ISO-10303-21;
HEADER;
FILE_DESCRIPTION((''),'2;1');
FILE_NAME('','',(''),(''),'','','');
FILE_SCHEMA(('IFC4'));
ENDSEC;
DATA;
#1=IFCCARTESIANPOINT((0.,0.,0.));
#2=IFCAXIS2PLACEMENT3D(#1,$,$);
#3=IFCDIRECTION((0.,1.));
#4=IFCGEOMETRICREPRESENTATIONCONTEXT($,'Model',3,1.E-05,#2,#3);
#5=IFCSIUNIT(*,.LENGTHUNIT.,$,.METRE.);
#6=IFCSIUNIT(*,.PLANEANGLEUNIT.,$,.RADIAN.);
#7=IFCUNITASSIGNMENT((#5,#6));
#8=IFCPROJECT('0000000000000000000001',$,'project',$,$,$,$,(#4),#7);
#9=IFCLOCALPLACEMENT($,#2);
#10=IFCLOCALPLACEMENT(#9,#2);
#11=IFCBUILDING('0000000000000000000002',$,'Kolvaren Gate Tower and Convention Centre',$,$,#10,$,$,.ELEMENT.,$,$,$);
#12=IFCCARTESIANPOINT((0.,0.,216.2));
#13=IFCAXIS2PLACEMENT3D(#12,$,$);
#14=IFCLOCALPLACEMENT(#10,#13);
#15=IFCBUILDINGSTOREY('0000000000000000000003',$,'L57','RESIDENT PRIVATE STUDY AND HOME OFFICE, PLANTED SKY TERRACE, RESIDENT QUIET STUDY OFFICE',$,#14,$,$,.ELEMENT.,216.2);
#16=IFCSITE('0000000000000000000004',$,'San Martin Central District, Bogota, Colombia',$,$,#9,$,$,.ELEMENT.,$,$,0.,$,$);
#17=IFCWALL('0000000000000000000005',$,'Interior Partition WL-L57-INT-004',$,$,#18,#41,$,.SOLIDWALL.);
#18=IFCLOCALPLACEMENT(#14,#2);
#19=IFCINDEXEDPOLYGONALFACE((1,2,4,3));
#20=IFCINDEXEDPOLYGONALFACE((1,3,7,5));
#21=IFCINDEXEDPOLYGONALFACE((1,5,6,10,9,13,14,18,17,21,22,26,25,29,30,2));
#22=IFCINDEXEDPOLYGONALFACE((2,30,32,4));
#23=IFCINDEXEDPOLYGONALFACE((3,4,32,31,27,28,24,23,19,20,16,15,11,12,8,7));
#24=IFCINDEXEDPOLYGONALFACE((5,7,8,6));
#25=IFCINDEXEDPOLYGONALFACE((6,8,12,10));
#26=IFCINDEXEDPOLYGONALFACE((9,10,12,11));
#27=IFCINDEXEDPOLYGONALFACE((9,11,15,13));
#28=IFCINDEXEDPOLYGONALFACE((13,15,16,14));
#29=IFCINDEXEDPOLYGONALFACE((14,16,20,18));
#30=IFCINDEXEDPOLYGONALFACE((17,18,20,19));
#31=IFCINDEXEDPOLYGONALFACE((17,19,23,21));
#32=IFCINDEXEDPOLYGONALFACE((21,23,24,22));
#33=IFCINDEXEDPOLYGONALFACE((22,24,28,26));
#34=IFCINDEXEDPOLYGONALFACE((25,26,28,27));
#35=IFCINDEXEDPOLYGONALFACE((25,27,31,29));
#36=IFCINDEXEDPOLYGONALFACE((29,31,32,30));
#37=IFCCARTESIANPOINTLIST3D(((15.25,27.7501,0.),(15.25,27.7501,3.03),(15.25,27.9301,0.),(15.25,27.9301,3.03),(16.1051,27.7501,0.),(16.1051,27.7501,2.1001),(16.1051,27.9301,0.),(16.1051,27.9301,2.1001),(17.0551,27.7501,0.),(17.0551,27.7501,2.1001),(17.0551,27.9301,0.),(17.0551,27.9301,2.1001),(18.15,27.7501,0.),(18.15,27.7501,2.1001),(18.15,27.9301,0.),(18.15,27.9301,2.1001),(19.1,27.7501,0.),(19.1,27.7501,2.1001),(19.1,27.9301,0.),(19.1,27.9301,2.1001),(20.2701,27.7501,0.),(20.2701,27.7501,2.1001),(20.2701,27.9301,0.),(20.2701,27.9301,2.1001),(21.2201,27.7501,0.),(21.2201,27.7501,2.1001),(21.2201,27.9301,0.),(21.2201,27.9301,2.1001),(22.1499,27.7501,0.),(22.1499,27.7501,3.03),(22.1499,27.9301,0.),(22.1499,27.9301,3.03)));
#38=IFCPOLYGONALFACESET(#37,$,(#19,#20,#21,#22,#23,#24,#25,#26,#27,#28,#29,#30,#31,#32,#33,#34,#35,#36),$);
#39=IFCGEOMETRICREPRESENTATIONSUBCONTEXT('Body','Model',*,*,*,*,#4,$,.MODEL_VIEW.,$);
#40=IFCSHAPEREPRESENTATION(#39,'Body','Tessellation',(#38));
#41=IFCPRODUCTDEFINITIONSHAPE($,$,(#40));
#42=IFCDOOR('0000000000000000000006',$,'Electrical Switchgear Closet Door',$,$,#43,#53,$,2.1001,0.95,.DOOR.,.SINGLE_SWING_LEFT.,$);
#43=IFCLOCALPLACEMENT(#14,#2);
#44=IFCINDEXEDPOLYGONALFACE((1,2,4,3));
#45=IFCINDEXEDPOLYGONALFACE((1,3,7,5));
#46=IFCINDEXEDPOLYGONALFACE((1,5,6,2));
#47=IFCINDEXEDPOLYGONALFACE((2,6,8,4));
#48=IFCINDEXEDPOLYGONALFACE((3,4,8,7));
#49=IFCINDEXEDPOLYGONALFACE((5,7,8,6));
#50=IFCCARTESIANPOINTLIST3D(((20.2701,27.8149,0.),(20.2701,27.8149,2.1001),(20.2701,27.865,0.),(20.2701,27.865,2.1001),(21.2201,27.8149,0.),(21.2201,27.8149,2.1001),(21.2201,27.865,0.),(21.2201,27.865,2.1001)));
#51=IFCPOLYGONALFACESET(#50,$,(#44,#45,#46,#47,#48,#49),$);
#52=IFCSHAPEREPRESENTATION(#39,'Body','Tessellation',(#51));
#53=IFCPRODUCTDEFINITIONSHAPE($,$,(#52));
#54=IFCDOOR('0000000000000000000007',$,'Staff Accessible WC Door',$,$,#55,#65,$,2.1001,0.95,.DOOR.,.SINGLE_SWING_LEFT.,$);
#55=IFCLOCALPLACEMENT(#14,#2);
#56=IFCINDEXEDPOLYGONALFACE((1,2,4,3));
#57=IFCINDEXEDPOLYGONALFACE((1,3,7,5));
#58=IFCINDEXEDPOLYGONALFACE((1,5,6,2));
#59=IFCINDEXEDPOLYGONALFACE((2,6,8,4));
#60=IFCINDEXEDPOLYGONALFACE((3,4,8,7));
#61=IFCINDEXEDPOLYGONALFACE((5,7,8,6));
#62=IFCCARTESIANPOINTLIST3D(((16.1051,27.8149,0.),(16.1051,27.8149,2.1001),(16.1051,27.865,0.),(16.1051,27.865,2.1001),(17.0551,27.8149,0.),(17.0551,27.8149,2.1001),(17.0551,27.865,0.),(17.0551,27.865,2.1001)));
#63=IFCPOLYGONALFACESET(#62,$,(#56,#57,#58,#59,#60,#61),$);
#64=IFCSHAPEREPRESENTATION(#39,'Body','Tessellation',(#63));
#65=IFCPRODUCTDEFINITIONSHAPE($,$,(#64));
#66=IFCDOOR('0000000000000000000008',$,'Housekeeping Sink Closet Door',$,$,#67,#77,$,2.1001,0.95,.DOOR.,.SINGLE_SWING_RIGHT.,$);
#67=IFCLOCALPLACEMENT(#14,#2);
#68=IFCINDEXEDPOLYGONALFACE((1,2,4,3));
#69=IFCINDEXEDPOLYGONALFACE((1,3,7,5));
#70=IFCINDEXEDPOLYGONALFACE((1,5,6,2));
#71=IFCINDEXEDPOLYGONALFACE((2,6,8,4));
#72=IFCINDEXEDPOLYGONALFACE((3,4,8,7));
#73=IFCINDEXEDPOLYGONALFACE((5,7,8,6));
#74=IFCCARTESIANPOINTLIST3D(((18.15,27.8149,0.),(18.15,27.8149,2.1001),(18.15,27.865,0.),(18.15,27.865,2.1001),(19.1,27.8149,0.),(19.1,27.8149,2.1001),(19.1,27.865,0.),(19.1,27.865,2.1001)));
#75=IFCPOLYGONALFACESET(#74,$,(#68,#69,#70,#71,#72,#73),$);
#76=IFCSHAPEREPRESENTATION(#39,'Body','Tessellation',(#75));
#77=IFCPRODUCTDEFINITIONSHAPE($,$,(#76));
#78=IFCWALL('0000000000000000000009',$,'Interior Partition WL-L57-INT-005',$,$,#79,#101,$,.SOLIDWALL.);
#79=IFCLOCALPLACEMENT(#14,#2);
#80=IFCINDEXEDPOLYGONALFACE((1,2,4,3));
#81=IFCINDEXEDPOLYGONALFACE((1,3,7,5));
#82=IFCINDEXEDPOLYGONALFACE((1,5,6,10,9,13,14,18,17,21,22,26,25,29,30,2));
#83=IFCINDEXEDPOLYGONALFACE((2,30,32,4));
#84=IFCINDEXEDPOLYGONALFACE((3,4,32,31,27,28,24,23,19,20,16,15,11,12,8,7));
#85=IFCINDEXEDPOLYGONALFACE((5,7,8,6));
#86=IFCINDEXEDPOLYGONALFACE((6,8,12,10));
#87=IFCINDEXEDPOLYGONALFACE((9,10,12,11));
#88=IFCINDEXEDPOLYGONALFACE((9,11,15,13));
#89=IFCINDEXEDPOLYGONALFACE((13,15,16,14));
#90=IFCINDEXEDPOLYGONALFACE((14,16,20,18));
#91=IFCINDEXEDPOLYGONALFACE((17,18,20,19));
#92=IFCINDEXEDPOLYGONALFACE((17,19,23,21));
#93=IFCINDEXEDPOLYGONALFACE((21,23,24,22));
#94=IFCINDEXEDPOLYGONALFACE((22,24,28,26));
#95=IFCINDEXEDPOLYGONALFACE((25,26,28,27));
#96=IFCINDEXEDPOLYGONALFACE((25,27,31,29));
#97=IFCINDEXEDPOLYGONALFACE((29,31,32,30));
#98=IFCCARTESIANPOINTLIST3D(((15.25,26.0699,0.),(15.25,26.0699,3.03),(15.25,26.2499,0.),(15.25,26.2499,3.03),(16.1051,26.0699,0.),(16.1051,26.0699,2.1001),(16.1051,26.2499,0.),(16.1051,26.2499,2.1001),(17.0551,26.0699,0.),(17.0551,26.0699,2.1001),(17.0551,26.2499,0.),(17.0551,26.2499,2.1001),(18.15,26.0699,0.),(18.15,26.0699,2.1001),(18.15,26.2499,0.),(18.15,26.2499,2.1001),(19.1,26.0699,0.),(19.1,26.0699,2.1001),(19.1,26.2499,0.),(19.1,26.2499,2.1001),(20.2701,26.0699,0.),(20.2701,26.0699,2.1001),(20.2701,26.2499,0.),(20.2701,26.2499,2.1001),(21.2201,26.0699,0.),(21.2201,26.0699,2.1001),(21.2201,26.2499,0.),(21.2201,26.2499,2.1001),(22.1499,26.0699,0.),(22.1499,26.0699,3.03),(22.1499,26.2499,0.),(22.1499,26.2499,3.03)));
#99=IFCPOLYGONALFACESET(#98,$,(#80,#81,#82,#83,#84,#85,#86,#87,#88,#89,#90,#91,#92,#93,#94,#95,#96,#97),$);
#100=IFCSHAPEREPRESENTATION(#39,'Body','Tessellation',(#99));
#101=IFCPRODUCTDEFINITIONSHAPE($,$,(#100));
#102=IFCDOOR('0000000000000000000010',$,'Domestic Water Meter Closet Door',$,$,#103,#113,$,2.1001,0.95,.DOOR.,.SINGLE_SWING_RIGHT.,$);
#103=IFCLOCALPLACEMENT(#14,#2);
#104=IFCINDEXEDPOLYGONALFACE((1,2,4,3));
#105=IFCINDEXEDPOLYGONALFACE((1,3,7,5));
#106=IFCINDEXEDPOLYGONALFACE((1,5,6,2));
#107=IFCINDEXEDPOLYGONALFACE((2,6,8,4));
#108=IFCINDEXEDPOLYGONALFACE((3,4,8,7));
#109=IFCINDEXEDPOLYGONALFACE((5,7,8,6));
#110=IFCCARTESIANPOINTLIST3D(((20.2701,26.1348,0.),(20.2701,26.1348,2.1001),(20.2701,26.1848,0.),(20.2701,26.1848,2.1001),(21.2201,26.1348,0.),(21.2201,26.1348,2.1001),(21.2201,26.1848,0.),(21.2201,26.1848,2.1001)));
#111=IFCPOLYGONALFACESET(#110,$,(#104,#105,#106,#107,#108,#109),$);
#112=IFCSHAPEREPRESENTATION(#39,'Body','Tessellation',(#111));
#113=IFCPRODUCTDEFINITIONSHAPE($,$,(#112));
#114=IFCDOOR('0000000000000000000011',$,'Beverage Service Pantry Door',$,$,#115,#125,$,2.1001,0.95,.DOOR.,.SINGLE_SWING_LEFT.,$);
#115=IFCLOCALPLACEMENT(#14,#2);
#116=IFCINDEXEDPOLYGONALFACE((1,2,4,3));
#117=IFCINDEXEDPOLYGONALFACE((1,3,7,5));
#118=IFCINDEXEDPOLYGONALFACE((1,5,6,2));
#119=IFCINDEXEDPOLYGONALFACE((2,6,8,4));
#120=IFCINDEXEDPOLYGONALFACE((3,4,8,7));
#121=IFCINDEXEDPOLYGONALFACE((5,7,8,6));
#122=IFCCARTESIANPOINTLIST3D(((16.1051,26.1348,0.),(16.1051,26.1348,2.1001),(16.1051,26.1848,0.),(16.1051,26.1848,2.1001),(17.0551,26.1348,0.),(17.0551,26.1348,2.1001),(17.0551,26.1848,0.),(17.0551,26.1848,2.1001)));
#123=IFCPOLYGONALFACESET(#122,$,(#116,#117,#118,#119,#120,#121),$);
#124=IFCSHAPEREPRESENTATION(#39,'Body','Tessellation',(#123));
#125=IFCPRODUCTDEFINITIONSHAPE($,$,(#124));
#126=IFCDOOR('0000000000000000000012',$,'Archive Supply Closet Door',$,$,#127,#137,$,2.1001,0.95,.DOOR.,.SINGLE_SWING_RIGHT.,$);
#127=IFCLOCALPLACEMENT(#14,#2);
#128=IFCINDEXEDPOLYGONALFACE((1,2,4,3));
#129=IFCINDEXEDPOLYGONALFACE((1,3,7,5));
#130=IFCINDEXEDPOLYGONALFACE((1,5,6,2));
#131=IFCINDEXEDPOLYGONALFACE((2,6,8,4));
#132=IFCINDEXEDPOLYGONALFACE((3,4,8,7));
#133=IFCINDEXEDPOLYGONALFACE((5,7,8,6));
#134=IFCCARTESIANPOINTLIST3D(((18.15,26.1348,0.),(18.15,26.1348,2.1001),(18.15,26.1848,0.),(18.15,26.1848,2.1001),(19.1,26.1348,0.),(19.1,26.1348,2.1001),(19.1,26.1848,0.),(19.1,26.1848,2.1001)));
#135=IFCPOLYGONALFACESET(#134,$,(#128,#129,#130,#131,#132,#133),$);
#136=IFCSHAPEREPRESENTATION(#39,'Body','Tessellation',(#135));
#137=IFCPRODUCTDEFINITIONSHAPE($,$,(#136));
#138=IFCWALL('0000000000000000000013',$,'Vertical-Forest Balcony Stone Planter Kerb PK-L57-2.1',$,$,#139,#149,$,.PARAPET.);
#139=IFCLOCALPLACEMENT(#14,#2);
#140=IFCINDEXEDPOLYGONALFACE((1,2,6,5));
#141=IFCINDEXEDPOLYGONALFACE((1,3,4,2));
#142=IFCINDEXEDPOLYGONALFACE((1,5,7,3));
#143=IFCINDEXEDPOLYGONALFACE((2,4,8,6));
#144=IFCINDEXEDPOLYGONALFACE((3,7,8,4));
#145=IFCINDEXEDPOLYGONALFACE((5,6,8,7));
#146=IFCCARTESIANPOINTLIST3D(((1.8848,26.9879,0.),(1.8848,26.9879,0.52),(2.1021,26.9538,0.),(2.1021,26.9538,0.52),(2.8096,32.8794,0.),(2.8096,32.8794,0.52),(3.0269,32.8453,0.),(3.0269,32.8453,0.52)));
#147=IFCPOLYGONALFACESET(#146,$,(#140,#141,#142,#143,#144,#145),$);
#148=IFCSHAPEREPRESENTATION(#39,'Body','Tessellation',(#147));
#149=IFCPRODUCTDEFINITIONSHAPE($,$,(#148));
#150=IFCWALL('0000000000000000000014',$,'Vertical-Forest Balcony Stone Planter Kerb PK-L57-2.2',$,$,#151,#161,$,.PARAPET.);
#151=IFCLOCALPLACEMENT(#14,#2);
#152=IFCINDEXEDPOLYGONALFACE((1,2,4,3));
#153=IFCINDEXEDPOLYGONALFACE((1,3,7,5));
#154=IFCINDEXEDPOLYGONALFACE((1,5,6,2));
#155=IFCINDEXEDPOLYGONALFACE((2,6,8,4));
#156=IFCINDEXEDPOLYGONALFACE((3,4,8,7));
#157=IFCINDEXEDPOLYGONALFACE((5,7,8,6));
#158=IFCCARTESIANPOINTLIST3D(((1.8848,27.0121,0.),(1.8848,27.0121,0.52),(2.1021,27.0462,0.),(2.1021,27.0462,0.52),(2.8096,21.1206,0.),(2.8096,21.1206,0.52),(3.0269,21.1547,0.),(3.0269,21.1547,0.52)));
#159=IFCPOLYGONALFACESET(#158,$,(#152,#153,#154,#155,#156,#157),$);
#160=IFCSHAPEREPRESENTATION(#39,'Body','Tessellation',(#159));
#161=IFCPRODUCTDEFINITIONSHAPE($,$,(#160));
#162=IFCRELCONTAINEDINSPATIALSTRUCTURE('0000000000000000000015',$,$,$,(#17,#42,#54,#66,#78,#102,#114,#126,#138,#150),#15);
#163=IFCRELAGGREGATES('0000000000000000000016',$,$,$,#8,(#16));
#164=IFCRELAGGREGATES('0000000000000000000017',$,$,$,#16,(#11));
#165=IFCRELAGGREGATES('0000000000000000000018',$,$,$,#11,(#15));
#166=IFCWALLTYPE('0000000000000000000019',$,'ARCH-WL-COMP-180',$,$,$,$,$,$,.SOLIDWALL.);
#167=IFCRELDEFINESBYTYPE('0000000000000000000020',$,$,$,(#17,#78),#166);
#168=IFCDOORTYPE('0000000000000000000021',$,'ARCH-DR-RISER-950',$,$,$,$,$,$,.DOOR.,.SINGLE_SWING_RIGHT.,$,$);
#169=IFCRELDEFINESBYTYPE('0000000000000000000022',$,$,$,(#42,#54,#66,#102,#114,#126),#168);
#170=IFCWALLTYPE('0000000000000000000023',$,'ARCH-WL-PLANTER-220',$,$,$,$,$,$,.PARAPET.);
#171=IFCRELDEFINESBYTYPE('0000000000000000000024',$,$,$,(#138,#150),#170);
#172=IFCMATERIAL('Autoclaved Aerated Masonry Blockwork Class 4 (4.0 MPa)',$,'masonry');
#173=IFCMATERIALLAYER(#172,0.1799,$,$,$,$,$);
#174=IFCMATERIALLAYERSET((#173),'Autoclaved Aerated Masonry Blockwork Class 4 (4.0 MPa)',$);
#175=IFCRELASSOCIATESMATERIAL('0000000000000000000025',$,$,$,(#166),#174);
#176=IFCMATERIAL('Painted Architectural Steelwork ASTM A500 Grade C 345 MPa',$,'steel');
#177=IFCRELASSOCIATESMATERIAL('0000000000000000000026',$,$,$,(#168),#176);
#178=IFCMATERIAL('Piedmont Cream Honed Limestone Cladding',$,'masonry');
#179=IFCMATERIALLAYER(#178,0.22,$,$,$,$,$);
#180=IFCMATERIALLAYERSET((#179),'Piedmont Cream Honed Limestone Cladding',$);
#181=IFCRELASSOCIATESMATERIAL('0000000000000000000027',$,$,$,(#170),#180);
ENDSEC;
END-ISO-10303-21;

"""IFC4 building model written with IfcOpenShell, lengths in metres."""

from ifc_helpers import new_model, si_unit, direction, frame, frame_2d, origin, place, context, subcontext, project, spatial, rectangle, extrude, material, layer, layer_set, type_object, element, fill, save


model = new_model("IFC4")

# Units and contexts
model_context = context("Model", 3, precision=1e-05, world=origin(), true_north=direction((0.0, 1.0)))
body_context = subcontext(model_context, "Body", "Model", "MODEL_VIEW")
ifc_project = project(units=[si_unit("LENGTHUNIT", "METRE"), si_unit("PLANEANGLEUNIT", "RADIAN")], contexts=[model_context])

# Site, building, storey
site_placement = place(None, origin())
site = spatial("IfcSite", under=ifc_project, at=site_placement, Name="San Martin Central District, Bogota, Colombia", CompositionType="ELEMENT", RefElevation=0.0)
building_placement = place(site_placement, origin())
building = spatial("IfcBuilding", under=site, at=building_placement, Name="Kolvaren Gate Tower and Convention Centre", CompositionType="ELEMENT")
storey_placement = place(building_placement, frame((0.0, 0.0, 216.2)))
storey = spatial("IfcBuildingStorey", under=building, at=storey_placement, Name="L57", Description="RESIDENT PRIVATE STUDY AND HOME OFFICE, PLANTED SKY TERRACE, RESIDENT QUIET STUDY OFFICE", CompositionType="ELEMENT", Elevation=216.2)

# Walls, openings, doors
ifc_material_1 = material(Name="Autoclaved Aerated Masonry Blockwork Class 4 (4.0 MPa)", Category="masonry")
ifc_layer_1 = layer(ifc_material_1, 0.1799)
ifc_layer_set_1 = layer_set([ifc_layer_1], Name="Autoclaved Aerated Masonry Blockwork Class 4 (4.0 MPa)")
wall_type_1 = type_object("IfcWallType", Name="ARCH-WL-COMP-180", PredefinedType="SOLIDWALL", material=ifc_layer_set_1)
wall_1_placement = place(storey_placement, frame((15.25, 27.8401, 0.0), z_axis=(0.0, 0.0, 1.0), x_axis=(1.0, 0.0, 0.0)))
wall_1 = element("IfcWall", 1, at=wall_1_placement, inside=storey, type_object=wall_type_1, Name="Interior Partition WL-L57-INT-004", PredefinedType="SOLIDWALL", context=body_context, shape_type="SweptSolid", body=[
    extrude(rectangle(XDim=6.8999, YDim=0.1799, at=frame_2d((3.45, 0.0))), origin(), (0.0, 0.0, 1.0), 3.03),
])
opening_1_placement = place(wall_1_placement, frame((5.02, 0.0, 0.0)))
opening_1 = element("IfcOpeningElement", 2, at=opening_1_placement, cuts=wall_1, PredefinedType="OPENING", context=body_context, shape_type="SweptSolid", body=[
    extrude(rectangle(XDim=0.95, YDim=2.1001, at=frame_2d((0.4751, 1.05))), frame((0.0, 0.0999, 0.0), z_axis=(0.0, -1.0, 0.0), x_axis=(1.0, 0.0, 0.0)), (0.0, 0.0, 1.0), 0.2),
])
opening_2_placement = place(wall_1_placement, frame((0.855, 0.0, 0.0)))
opening_2 = element("IfcOpeningElement", 3, at=opening_2_placement, cuts=wall_1, PredefinedType="OPENING", context=body_context, shape_type="SweptSolid", body=[
    extrude(rectangle(XDim=0.95, YDim=2.1001, at=frame_2d((0.4751, 1.05))), frame((0.0, 0.0999, 0.0), z_axis=(0.0, -1.0, 0.0), x_axis=(1.0, 0.0, 0.0)), (0.0, 0.0, 1.0), 0.2),
])
opening_3_placement = place(wall_1_placement, frame((2.8999, 0.0, 0.0)))
opening_3 = element("IfcOpeningElement", 4, at=opening_3_placement, cuts=wall_1, PredefinedType="OPENING", context=body_context, shape_type="SweptSolid", body=[
    extrude(rectangle(XDim=0.95, YDim=2.1001, at=frame_2d((0.4751, 1.05))), frame((0.0, 0.0999, 0.0), z_axis=(0.0, -1.0, 0.0), x_axis=(1.0, 0.0, 0.0)), (0.0, 0.0, 1.0), 0.2),
])
ifc_material_2 = material(Name="Painted Architectural Steelwork ASTM A500 Grade C 345 MPa", Category="steel")
door_type_1 = type_object("IfcDoorType", Name="ARCH-DR-RISER-950", OperationType="SINGLE_SWING_RIGHT", PredefinedType="DOOR", material=ifc_material_2)
door_1_placement = place(opening_1_placement, origin())
door_1 = element("IfcDoor", 5, at=door_1_placement, inside=storey, type_object=door_type_1, Name="Electrical Switchgear Closet Door", OperationType="SINGLE_SWING_LEFT", OverallHeight=2.1001, OverallWidth=0.95, PredefinedType="DOOR", context=body_context, shape_type="SweptSolid", body=[
    extrude(rectangle(XDim=0.95, YDim=2.1001, at=frame_2d((0.4751, 1.05))), frame((0.0, 0.0249, 0.0), z_axis=(0.0, -1.0, 0.0), x_axis=(1.0, 0.0, 0.0)), (0.0, 0.0, 1.0), 0.05),
])
fill(opening_1, door_1)
door_2_placement = place(opening_2_placement, origin())
door_2 = element("IfcDoor", 6, at=door_2_placement, inside=storey, type_object=door_type_1, Name="Staff Accessible WC Door", OperationType="SINGLE_SWING_LEFT", OverallHeight=2.1001, OverallWidth=0.95, PredefinedType="DOOR", context=body_context, shape_type="SweptSolid", body=[
    extrude(rectangle(XDim=0.95, YDim=2.1001, at=frame_2d((0.4751, 1.05))), frame((0.0, 0.0249, 0.0), z_axis=(0.0, -1.0, 0.0), x_axis=(1.0, 0.0, 0.0)), (0.0, 0.0, 1.0), 0.05),
])
fill(opening_2, door_2)
door_3_placement = place(opening_3_placement, origin())
door_3 = element("IfcDoor", 7, at=door_3_placement, inside=storey, type_object=door_type_1, Name="Housekeeping Sink Closet Door", OperationType="SINGLE_SWING_RIGHT", OverallHeight=2.1001, OverallWidth=0.95, PredefinedType="DOOR", context=body_context, shape_type="SweptSolid", body=[
    extrude(rectangle(XDim=0.95, YDim=2.1001, at=frame_2d((0.4751, 1.05))), frame((0.0, 0.0249, 0.0), z_axis=(0.0, -1.0, 0.0), x_axis=(1.0, 0.0, 0.0)), (0.0, 0.0, 1.0), 0.05),
])
fill(opening_3, door_3)
wall_2_placement = place(storey_placement, frame((15.25, 26.1599, 0.0), z_axis=(0.0, 0.0, 1.0), x_axis=(1.0, 0.0, 0.0)))
wall_2 = element("IfcWall", 8, at=wall_2_placement, inside=storey, type_object=wall_type_1, Name="Interior Partition WL-L57-INT-005", PredefinedType="SOLIDWALL", context=body_context, shape_type="SweptSolid", body=[
    extrude(rectangle(XDim=6.8999, YDim=0.1799, at=frame_2d((3.45, 0.0))), origin(), (0.0, 0.0, 1.0), 3.03),
])
opening_4_placement = place(wall_2_placement, frame((5.02, 0.0, 0.0)))
opening_4 = element("IfcOpeningElement", 9, at=opening_4_placement, cuts=wall_2, PredefinedType="OPENING", context=body_context, shape_type="SweptSolid", body=[
    extrude(rectangle(XDim=0.95, YDim=2.1001, at=frame_2d((0.4751, 1.05))), frame((0.0, 0.0999, 0.0), z_axis=(0.0, -1.0, 0.0), x_axis=(1.0, 0.0, 0.0)), (0.0, 0.0, 1.0), 0.2),
])
opening_5_placement = place(wall_2_placement, frame((0.855, 0.0, 0.0)))
opening_5 = element("IfcOpeningElement", 10, at=opening_5_placement, cuts=wall_2, PredefinedType="OPENING", context=body_context, shape_type="SweptSolid", body=[
    extrude(rectangle(XDim=0.95, YDim=2.1001, at=frame_2d((0.4751, 1.05))), frame((0.0, 0.0999, 0.0), z_axis=(0.0, -1.0, 0.0), x_axis=(1.0, 0.0, 0.0)), (0.0, 0.0, 1.0), 0.2),
])
opening_6_placement = place(wall_2_placement, frame((2.8999, 0.0, 0.0)))
opening_6 = element("IfcOpeningElement", 11, at=opening_6_placement, cuts=wall_2, PredefinedType="OPENING", context=body_context, shape_type="SweptSolid", body=[
    extrude(rectangle(XDim=0.95, YDim=2.1001, at=frame_2d((0.4751, 1.05))), frame((0.0, 0.0999, 0.0), z_axis=(0.0, -1.0, 0.0), x_axis=(1.0, 0.0, 0.0)), (0.0, 0.0, 1.0), 0.2),
])
door_4_placement = place(opening_4_placement, origin())
door_4 = element("IfcDoor", 12, at=door_4_placement, inside=storey, type_object=door_type_1, Name="Domestic Water Meter Closet Door", OperationType="SINGLE_SWING_RIGHT", OverallHeight=2.1001, OverallWidth=0.95, PredefinedType="DOOR", context=body_context, shape_type="SweptSolid", body=[
    extrude(rectangle(XDim=0.95, YDim=2.1001, at=frame_2d((0.4751, 1.05))), frame((0.0, 0.0249, 0.0), z_axis=(0.0, -1.0, 0.0), x_axis=(1.0, 0.0, 0.0)), (0.0, 0.0, 1.0), 0.05),
])
fill(opening_4, door_4)
door_5_placement = place(opening_5_placement, origin())
door_5 = element("IfcDoor", 13, at=door_5_placement, inside=storey, type_object=door_type_1, Name="Beverage Service Pantry Door", OperationType="SINGLE_SWING_LEFT", OverallHeight=2.1001, OverallWidth=0.95, PredefinedType="DOOR", context=body_context, shape_type="SweptSolid", body=[
    extrude(rectangle(XDim=0.95, YDim=2.1001, at=frame_2d((0.4751, 1.05))), frame((0.0, 0.0249, 0.0), z_axis=(0.0, -1.0, 0.0), x_axis=(1.0, 0.0, 0.0)), (0.0, 0.0, 1.0), 0.05),
])
fill(opening_5, door_5)
door_6_placement = place(opening_6_placement, origin())
door_6 = element("IfcDoor", 14, at=door_6_placement, inside=storey, type_object=door_type_1, Name="Archive Supply Closet Door", OperationType="SINGLE_SWING_RIGHT", OverallHeight=2.1001, OverallWidth=0.95, PredefinedType="DOOR", context=body_context, shape_type="SweptSolid", body=[
    extrude(rectangle(XDim=0.95, YDim=2.1001, at=frame_2d((0.4751, 1.05))), frame((0.0, 0.0249, 0.0), z_axis=(0.0, -1.0, 0.0), x_axis=(1.0, 0.0, 0.0)), (0.0, 0.0, 1.0), 0.05),
])
fill(opening_6, door_6)

# Walls
ifc_material_3 = material(Name="Piedmont Cream Honed Limestone Cladding", Category="masonry")
ifc_layer_2 = layer(ifc_material_3, 0.22)
ifc_layer_set_2 = layer_set([ifc_layer_2], Name="Piedmont Cream Honed Limestone Cladding")
wall_type_2 = type_object("IfcWallType", Name="ARCH-WL-PLANTER-220", PredefinedType="PARAPET", material=ifc_layer_set_2)
for number, where, z_axis, x_axis, name in (
    (15, (1.9934, 26.9707, 0.0), (0.0, 0.0, 1.0), (0.155071, 0.987903, 0.0), "Vertical-Forest Balcony Stone Planter Kerb PK-L57-2.1"),
    (16, (1.9934, 27.0293, 0.0), (0.0, 0.0, 1.0), (0.155071, -0.987903, 0.0), "Vertical-Forest Balcony Stone Planter Kerb PK-L57-2.2"),
):
    element("IfcWall", number, at=place(storey_placement, frame(where, z_axis=z_axis, x_axis=x_axis)), inside=storey, type_object=wall_type_2, Name=name, PredefinedType="PARAPET", context=body_context, shape_type="SweptSolid", body=[
        extrude(rectangle(XDim=5.9636, YDim=0.22, at=frame_2d((2.9819, 0.0))), origin(), (0.0, 0.0, 1.0), 0.52),
    ])

save(model, "model.ifc")
